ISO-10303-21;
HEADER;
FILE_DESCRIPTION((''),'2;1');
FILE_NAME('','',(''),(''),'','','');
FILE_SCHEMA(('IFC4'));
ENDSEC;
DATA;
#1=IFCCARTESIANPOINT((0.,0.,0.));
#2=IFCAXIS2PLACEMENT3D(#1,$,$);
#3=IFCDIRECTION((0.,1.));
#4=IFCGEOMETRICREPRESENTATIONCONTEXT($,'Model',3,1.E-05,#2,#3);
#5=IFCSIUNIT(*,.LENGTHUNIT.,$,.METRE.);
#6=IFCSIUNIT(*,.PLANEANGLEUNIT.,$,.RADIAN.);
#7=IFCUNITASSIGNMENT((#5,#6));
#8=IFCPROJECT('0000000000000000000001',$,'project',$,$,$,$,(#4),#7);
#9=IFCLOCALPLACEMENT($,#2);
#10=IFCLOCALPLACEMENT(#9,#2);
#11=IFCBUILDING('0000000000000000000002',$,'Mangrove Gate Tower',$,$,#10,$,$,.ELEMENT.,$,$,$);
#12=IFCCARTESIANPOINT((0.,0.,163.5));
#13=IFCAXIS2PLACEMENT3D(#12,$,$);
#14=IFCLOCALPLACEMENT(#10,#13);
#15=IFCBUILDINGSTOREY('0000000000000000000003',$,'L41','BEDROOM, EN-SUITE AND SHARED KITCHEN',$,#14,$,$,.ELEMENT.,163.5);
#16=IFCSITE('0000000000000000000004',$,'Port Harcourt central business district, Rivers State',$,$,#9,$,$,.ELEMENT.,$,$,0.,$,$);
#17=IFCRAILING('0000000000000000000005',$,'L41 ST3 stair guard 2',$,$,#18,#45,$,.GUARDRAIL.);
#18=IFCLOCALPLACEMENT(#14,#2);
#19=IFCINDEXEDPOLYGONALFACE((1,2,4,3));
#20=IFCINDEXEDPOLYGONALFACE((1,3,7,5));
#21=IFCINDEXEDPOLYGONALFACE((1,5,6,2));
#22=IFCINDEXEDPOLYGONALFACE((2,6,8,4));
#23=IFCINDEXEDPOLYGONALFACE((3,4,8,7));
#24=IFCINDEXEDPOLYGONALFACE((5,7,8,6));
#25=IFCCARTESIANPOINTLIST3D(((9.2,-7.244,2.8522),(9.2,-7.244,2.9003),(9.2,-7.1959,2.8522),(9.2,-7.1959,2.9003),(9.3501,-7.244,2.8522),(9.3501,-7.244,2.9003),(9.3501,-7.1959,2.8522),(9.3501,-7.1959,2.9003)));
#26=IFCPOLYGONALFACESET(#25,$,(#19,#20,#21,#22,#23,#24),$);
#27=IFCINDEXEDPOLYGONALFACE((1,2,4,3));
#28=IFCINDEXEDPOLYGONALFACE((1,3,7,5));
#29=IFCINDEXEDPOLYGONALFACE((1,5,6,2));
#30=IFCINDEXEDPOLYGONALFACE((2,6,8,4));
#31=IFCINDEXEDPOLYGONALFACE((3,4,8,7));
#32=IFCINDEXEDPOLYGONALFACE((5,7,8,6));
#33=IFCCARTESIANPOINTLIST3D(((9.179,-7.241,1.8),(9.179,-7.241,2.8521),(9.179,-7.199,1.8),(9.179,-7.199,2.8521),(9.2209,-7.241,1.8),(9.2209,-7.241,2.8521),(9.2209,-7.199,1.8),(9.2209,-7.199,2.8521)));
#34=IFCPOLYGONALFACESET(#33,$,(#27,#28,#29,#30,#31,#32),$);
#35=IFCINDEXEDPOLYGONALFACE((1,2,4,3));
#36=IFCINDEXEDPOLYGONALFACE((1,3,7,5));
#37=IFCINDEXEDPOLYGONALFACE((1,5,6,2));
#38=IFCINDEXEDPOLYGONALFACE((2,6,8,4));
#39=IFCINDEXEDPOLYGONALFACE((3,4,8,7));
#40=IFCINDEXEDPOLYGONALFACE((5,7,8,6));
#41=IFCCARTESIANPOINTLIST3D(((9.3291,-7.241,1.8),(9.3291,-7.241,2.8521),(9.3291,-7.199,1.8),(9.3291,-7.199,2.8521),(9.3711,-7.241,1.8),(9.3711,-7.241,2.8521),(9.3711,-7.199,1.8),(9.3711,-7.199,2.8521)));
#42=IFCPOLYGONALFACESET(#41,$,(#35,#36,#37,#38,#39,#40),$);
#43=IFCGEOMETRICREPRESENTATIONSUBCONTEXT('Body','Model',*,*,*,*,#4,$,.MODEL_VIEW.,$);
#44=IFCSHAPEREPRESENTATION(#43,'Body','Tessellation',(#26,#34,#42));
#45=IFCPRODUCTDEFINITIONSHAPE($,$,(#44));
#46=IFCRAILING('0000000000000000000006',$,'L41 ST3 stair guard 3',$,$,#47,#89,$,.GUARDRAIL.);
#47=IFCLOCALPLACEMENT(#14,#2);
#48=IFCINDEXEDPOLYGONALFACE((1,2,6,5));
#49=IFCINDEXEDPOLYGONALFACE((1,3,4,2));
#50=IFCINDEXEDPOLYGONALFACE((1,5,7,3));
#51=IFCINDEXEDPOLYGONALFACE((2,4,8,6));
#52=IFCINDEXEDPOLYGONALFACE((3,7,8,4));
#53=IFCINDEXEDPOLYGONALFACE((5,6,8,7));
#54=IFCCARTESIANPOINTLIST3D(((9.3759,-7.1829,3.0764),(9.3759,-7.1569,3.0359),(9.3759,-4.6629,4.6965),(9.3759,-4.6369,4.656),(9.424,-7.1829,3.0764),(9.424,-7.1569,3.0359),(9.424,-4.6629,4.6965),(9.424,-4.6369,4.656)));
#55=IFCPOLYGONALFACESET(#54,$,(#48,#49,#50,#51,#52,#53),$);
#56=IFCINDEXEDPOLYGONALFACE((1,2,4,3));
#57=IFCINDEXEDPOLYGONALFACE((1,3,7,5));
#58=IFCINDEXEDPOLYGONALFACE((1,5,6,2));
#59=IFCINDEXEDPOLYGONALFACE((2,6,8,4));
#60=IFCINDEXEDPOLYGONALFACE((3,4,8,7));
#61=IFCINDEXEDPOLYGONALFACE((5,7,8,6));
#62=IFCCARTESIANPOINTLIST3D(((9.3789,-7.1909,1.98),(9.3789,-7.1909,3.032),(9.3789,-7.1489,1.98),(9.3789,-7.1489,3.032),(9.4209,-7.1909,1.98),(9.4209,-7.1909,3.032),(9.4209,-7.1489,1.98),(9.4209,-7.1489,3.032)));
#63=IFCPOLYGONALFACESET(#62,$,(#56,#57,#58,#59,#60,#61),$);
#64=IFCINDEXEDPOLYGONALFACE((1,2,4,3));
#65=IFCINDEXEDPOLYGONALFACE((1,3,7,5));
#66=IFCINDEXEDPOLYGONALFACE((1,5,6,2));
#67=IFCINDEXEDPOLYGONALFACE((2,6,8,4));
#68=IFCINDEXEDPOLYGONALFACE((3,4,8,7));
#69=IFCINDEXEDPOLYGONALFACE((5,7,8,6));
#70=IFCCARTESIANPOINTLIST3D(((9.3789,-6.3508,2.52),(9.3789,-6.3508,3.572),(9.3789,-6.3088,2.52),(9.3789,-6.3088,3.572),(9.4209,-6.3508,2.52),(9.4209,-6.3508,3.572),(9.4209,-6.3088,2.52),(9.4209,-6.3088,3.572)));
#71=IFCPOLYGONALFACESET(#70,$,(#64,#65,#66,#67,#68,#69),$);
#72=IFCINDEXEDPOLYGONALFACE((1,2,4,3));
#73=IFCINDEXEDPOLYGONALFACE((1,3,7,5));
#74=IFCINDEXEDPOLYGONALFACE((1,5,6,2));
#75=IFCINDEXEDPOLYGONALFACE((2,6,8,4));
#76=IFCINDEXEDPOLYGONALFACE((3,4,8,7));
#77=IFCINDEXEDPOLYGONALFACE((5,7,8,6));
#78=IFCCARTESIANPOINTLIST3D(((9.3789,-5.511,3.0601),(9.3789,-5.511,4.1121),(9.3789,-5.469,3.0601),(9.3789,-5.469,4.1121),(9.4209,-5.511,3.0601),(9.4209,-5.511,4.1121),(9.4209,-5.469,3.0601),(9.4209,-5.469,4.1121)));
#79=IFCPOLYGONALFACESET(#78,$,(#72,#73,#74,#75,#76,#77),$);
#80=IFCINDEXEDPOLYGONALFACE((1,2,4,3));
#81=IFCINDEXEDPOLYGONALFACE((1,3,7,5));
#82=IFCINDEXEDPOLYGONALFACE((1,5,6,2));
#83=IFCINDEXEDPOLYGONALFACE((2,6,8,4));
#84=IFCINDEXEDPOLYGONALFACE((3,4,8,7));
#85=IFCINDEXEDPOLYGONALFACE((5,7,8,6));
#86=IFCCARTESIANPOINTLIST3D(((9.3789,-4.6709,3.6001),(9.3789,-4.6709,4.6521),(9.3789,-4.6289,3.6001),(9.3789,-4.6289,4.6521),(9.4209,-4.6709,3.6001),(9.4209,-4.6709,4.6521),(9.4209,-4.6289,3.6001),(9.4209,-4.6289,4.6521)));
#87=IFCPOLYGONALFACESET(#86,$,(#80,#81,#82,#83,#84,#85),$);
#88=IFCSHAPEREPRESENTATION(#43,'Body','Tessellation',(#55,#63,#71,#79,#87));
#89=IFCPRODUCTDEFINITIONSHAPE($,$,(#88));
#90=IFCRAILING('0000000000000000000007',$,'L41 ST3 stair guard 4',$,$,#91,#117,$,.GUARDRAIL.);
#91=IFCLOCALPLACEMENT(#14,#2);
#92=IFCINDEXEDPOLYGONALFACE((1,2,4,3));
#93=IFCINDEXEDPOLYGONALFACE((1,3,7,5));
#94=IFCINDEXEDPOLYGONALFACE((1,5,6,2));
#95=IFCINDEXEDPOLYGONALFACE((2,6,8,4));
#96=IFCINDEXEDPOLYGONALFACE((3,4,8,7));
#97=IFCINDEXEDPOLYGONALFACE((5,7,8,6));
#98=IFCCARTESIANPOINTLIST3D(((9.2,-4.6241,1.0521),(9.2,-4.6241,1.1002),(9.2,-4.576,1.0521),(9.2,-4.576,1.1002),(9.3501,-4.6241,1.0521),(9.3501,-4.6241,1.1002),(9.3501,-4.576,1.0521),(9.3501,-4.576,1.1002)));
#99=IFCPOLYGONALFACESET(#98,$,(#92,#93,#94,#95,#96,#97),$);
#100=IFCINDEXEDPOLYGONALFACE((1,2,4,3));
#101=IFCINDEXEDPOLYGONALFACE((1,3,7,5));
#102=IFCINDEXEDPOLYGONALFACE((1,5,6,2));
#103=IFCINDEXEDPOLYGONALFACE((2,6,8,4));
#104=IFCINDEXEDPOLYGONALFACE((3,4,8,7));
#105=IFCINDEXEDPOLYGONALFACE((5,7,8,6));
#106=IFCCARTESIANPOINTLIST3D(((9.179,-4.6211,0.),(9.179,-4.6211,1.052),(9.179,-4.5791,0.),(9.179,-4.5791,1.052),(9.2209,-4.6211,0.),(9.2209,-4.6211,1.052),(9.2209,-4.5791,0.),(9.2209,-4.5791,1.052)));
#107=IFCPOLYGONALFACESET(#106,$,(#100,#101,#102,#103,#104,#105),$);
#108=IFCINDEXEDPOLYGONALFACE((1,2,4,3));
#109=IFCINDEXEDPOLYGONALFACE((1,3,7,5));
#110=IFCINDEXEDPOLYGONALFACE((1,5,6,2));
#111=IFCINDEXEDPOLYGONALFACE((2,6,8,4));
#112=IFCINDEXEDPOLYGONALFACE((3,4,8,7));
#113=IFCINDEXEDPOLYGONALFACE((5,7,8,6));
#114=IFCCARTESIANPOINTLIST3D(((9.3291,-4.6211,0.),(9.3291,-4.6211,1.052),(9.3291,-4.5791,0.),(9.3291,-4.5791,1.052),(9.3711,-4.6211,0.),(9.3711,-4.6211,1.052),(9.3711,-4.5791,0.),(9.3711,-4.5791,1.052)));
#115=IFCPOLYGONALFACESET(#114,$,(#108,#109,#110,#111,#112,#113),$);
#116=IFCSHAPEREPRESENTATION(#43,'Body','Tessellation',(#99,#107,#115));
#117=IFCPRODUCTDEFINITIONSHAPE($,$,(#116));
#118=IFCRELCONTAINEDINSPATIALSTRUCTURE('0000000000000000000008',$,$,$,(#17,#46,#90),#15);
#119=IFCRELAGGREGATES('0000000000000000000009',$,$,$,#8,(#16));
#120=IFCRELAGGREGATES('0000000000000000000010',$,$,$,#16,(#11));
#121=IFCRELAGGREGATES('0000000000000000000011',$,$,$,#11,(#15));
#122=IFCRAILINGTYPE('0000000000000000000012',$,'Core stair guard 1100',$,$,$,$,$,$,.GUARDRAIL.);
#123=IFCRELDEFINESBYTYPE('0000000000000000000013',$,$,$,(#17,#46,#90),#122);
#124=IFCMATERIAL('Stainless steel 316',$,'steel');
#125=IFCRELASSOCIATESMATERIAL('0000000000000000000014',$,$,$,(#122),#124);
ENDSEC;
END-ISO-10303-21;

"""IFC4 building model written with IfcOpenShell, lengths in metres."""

from ifc_helpers import new_model, si_unit, direction, frame, origin, origin_2d, place, context, subcontext, project, spatial, rectangle, extrude, material, type_object, element, save


model = new_model("IFC4")

# Units and contexts
model_context = context("Model", 3, precision=1e-05, world=origin(), true_north=direction((0.0, 1.0)))
body_context = subcontext(model_context, "Body", "Model", "MODEL_VIEW")
ifc_project = project(units=[si_unit("LENGTHUNIT", "METRE"), si_unit("PLANEANGLEUNIT", "RADIAN")], contexts=[model_context])

# Site, building, storey
site_placement = place(None, origin())
site = spatial("IfcSite", under=ifc_project, at=site_placement, Name="Port Harcourt central business district, Rivers State", CompositionType="ELEMENT", RefElevation=0.0)
building_placement = place(site_placement, origin())
building = spatial("IfcBuilding", under=site, at=building_placement, Name="Mangrove Gate Tower", CompositionType="ELEMENT")
storey_placement = place(building_placement, frame((0.0, 0.0, 163.5)))
storey = spatial("IfcBuildingStorey", under=building, at=storey_placement, Name="L41", Description="BEDROOM, EN-SUITE AND SHARED KITCHEN", CompositionType="ELEMENT", Elevation=163.5)

# Railings
ifc_material_1 = material(Name="Stainless steel 316", Category="steel")
railing_type_1 = type_object("IfcRailingType", Name="Core stair guard 1100", PredefinedType="GUARDRAIL", material=ifc_material_1)
railing_1_placement = place(storey_placement, frame((9.2, -7.22, 1.8)))
element("IfcRailing", 1, at=railing_1_placement, inside=storey, type_object=railing_type_1, Name="L41 ST3 stair guard 2", PredefinedType="GUARDRAIL", context=body_context, shape_type="SweptSolid", body=[
    extrude(rectangle(XDim=0.0481, YDim=0.0481, at=origin_2d()), frame((0.0, 0.0, 1.0762), z_axis=(1.0, 0.0, 0.0), x_axis=(0.0, 1.0, 0.0)), (0.0, 0.0, 1.0), 0.1501),
    extrude(rectangle(XDim=0.042, YDim=0.042, at=origin_2d()), origin(), (0.0, 0.0, 1.0), 1.052),
    extrude(rectangle(XDim=0.042, YDim=0.042, at=origin_2d()), frame((0.1501, 0.0, 0.0)), (0.0, 0.0, 1.0), 1.052),
])
railing_2_placement = place(storey_placement, frame((9.3999, -7.1699, 1.98)))
element("IfcRailing", 2, at=railing_2_placement, inside=storey, type_object=railing_type_1, Name="L41 ST3 stair guard 3", PredefinedType="GUARDRAIL", context=body_context, shape_type="SweptSolid", body=[
    extrude(rectangle(XDim=0.0481, YDim=0.0481, at=origin_2d()), frame((0.0, 0.0, 1.0762), z_axis=(0.0, 0.841163, 0.540782), x_axis=(-1.0, 0.0, 0.0)), (0.0, 0.0, 1.0), 2.9958),
    extrude(rectangle(XDim=0.042, YDim=0.042, at=origin_2d()), origin(), (0.0, 0.0, 1.0), 1.052),
    extrude(rectangle(XDim=0.042, YDim=0.042, at=origin_2d()), frame((0.0, 0.8401, 0.54)), (0.0, 0.0, 1.0), 1.052),
    extrude(rectangle(XDim=0.042, YDim=0.042, at=origin_2d()), frame((0.0, 1.6799, 1.0801)), (0.0, 0.0, 1.0), 1.052),
    extrude(rectangle(XDim=0.042, YDim=0.042, at=origin_2d()), frame((0.0, 2.52, 1.6201)), (0.0, 0.0, 1.0), 1.052),
])
railing_3_placement = place(storey_placement, frame((9.2, -4.6001, 0.0)))
element("IfcRailing", 3, at=railing_3_placement, inside=storey, type_object=railing_type_1, Name="L41 ST3 stair guard 4", PredefinedType="GUARDRAIL", context=body_context, shape_type="SweptSolid", body=[
    extrude(rectangle(XDim=0.0481, YDim=0.0481, at=origin_2d()), frame((0.0, 0.0, 1.0762), z_axis=(1.0, 0.0, 0.0), x_axis=(0.0, 1.0, 0.0)), (0.0, 0.0, 1.0), 0.1501),
    extrude(rectangle(XDim=0.042, YDim=0.042, at=origin_2d()), origin(), (0.0, 0.0, 1.0), 1.052),
    extrude(rectangle(XDim=0.042, YDim=0.042, at=origin_2d()), frame((0.1501, 0.0, 0.0)), (0.0, 0.0, 1.0), 1.052),
])

save(model, "model.ifc")
